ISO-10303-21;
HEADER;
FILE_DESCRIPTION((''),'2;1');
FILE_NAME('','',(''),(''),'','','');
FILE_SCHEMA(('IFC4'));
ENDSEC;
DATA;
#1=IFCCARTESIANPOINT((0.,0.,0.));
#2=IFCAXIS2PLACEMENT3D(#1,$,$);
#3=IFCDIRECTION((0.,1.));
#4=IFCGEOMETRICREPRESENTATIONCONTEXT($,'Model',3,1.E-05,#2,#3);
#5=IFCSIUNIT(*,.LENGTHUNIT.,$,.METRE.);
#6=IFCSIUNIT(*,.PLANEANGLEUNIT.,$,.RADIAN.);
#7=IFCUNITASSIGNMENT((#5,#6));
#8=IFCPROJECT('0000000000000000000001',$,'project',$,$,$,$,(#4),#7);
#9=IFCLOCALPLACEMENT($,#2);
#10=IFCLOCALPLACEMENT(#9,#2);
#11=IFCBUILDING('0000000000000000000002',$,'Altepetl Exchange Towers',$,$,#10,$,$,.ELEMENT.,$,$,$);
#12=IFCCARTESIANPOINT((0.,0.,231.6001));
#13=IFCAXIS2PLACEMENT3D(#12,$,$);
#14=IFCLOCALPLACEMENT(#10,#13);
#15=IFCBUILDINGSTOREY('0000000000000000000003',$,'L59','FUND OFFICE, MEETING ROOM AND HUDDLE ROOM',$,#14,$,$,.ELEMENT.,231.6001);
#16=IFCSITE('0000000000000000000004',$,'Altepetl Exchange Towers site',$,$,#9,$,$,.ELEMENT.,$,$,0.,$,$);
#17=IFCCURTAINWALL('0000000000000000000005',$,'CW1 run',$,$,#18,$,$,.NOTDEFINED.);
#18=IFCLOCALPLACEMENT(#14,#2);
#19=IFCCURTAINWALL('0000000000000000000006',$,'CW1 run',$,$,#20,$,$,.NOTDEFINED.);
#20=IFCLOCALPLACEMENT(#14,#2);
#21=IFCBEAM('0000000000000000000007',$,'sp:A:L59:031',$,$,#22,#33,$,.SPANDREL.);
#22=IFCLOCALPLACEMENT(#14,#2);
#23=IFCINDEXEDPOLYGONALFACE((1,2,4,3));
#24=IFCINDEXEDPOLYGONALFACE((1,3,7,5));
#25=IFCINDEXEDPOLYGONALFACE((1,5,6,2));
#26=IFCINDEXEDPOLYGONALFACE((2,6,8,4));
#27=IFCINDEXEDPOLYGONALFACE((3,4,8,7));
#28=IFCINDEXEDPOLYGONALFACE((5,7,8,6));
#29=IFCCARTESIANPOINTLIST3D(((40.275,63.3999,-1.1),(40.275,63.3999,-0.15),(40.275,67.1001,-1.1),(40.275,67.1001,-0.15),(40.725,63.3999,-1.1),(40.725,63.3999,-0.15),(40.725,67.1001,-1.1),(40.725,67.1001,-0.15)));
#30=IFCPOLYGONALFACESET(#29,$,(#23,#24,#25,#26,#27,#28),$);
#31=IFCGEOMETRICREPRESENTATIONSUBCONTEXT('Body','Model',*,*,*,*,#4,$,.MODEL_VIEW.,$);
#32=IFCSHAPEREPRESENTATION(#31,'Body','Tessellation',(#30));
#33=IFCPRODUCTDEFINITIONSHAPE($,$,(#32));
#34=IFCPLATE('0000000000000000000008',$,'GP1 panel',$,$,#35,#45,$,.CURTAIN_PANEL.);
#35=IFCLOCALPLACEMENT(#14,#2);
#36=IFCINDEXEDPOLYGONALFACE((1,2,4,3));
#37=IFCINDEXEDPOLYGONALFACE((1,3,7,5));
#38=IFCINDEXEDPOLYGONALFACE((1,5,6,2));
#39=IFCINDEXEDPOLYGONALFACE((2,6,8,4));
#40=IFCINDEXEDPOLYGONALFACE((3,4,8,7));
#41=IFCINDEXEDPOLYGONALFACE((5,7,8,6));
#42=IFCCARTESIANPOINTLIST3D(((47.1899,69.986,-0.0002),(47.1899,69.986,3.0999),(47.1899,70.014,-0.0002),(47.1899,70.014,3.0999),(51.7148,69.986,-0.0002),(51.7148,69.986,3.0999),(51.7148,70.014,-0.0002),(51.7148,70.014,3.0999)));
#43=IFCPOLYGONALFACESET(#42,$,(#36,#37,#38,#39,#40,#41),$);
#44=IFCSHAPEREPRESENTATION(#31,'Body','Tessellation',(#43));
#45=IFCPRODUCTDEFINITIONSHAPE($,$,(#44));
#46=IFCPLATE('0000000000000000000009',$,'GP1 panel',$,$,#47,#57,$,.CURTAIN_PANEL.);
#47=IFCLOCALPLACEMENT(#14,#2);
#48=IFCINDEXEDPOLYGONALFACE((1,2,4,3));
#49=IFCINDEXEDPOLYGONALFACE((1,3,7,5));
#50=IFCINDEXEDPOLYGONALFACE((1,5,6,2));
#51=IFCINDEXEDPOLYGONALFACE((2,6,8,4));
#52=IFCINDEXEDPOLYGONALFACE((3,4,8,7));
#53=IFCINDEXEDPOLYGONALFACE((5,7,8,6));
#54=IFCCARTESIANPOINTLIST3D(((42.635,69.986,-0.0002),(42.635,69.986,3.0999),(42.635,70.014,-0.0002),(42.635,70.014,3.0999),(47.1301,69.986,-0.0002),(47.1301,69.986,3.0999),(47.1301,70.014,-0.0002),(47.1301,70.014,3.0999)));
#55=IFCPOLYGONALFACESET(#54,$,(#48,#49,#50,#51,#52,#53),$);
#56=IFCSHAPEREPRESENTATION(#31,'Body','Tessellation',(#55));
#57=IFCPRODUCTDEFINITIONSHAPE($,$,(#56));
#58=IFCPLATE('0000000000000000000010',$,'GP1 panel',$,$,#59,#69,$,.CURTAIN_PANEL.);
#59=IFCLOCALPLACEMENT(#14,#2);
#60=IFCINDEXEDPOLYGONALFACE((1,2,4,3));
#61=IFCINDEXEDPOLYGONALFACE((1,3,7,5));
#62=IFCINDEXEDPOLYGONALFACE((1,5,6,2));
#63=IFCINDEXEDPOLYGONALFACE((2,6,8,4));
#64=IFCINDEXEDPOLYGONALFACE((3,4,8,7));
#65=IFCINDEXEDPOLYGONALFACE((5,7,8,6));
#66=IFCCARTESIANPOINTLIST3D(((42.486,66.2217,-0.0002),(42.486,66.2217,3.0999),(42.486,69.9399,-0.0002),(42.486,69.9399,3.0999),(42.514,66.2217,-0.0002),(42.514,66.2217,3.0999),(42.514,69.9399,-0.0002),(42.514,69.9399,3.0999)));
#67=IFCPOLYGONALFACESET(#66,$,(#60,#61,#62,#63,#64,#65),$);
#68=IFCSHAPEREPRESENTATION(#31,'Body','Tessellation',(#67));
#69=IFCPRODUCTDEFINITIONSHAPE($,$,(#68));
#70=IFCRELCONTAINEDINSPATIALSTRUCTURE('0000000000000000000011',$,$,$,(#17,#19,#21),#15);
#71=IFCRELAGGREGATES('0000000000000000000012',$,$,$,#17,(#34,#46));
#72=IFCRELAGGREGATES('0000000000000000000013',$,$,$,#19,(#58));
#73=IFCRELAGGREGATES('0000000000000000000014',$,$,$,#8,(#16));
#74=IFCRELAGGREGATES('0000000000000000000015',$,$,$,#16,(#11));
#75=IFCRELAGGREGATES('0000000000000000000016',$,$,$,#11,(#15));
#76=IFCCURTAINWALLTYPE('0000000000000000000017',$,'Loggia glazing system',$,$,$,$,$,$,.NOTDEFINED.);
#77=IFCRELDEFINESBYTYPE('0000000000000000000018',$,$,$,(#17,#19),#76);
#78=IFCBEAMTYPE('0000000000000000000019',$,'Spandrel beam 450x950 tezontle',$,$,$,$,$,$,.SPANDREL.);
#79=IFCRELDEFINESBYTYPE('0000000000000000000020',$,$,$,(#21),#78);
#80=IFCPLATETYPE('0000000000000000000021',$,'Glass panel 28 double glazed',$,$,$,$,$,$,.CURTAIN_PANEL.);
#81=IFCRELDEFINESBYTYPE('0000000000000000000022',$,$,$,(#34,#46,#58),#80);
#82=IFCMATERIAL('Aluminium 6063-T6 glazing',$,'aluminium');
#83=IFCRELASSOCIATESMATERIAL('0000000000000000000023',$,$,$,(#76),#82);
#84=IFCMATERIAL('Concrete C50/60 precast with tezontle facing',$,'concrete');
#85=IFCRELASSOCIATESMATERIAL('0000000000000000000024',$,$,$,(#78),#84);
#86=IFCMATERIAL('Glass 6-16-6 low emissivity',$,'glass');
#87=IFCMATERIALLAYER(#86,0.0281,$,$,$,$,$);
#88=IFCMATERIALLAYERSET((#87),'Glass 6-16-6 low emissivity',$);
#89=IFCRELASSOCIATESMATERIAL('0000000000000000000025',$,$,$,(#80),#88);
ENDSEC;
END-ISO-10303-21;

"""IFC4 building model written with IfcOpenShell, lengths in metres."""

from ifc_helpers import new_model, si_unit, direction, frame, origin, origin_2d, place, context, subcontext, project, spatial, rectangle, extrude, material, layer, layer_set, material_profile, profile_set, type_object, element, aggregate, save


model = new_model("IFC4")

# Units and contexts
model_context = context("Model", 3, precision=1e-05, world=origin(), true_north=direction((0.0, 1.0)))
body_context = subcontext(model_context, "Body", "Model", "MODEL_VIEW")
ifc_project = project(units=[si_unit("LENGTHUNIT", "METRE"), si_unit("PLANEANGLEUNIT", "RADIAN")], contexts=[model_context])

# Site, building, storey
site_placement = place(None, origin())
site = spatial("IfcSite", under=ifc_project, at=site_placement, Name="Altepetl Exchange Towers site", CompositionType="ELEMENT", RefElevation=0.0)
building_placement = place(site_placement, origin())
building = spatial("IfcBuilding", under=site, at=building_placement, Name="Altepetl Exchange Towers", CompositionType="ELEMENT")
storey_placement = place(building_placement, frame((0.0, 0.0, 231.6001)))
storey = spatial("IfcBuildingStorey", under=building, at=storey_placement, Name="L59", Description="FUND OFFICE, MEETING ROOM AND HUDDLE ROOM", CompositionType="ELEMENT", Elevation=231.6001)

# Curtain walls
ifc_material_1 = material(Name="Aluminium 6063-T6 glazing", Category="aluminium")
curtain_wall_type = type_object("IfcCurtainWallType", Name="Loggia glazing system", PredefinedType="NOTDEFINED", material=ifc_material_1)
curtain_wall_1_placement = place(storey_placement, origin())
curtain_wall_1 = element("IfcCurtainWall", 1, at=curtain_wall_1_placement, inside=storey, type_object=curtain_wall_type, Name="CW1 run", PredefinedType="NOTDEFINED")
curtain_wall_2_placement = place(storey_placement, origin())
curtain_wall_2 = element("IfcCurtainWall", 2, at=curtain_wall_2_placement, inside=storey, type_object=curtain_wall_type, Name="CW1 run", PredefinedType="NOTDEFINED")

# Beam
ifc_material_2 = material(Name="Concrete C50/60 precast with tezontle facing", Category="concrete")
ifc_material_profile_1 = material_profile(ifc_material_2, rectangle(XDim=0.45, YDim=0.95, at=origin_2d()), Name="450 x 950")
ifc_profile_set_1 = profile_set([ifc_material_profile_1], Name="Concrete C50/60 precast with tezontle facing")
beam_type_1 = type_object("IfcBeamType", Name="Spandrel beam 450x950 tezontle", PredefinedType="SPANDREL", material=ifc_profile_set_1)
for number, where, z_axis, x_axis, name in (
    (3, (40.5, 67.1001, -0.625), (0.0, -1.0, 0.0), (1.0, 0.0, 0.0), "sp:A:L59:031"),
):
    element("IfcBeam", number, at=place(storey_placement, frame(where, z_axis=z_axis, x_axis=x_axis)), inside=storey, type_object=beam_type_1, Name=name, PredefinedType="SPANDREL", context=body_context, shape_type="SweptSolid", body=[
        extrude(rectangle(XDim=0.45, YDim=0.95, at=origin_2d()), origin(), (0.0, 0.0, 1.0), 3.7002),
    ])

# Plates
ifc_material_3 = material(Name="Glass 6-16-6 low emissivity", Category="glass")
ifc_layer = layer(ifc_material_3, 0.0281)
ifc_layer_set = layer_set([ifc_layer], Name="Glass 6-16-6 low emissivity")
plate_type = type_object("IfcPlateType", Name="Glass panel 28 double glazed", PredefinedType="CURTAIN_PANEL", material=ifc_layer_set)
plate_1_placement = place(storey_placement, frame((49.4524, 70.0, -0.0002), z_axis=(0.0, 0.0, 1.0), x_axis=(-1.0, 0.0, 0.0)))
plate_1 = element("IfcPlate", 4, at=plate_1_placement, type_object=plate_type, Name="GP1 panel", PredefinedType="CURTAIN_PANEL", context=body_context, shape_type="SweptSolid", body=[
    extrude(rectangle(XDim=4.5249, YDim=0.0281, at=origin_2d()), origin(), (0.0, 0.0, 1.0), 3.1001),
])
plate_2_placement = place(storey_placement, frame((44.8826, 70.0, -0.0002), z_axis=(0.0, 0.0, 1.0), x_axis=(-1.0, 0.0, 0.0)))
plate_2 = element("IfcPlate", 5, at=plate_2_placement, type_object=plate_type, Name="GP1 panel", PredefinedType="CURTAIN_PANEL", context=body_context, shape_type="SweptSolid", body=[
    extrude(rectangle(XDim=4.4951, YDim=0.0281, at=origin_2d()), origin(), (0.0, 0.0, 1.0), 3.1001),
])
aggregate(curtain_wall_1, [plate_1, plate_2])
plate_3_placement = place(storey_placement, frame((42.5, 68.0808, -0.0002), z_axis=(0.0, 0.0, 1.0), x_axis=(0.0, -1.0, 0.0)))
plate_3 = element("IfcPlate", 6, at=plate_3_placement, type_object=plate_type, Name="GP1 panel", PredefinedType="CURTAIN_PANEL", context=body_context, shape_type="SweptSolid", body=[
    extrude(rectangle(XDim=3.7183, YDim=0.0281, at=origin_2d()), origin(), (0.0, 0.0, 1.0), 3.1001),
])
aggregate(curtain_wall_2, [plate_3])

save(model, "model.ifc")
